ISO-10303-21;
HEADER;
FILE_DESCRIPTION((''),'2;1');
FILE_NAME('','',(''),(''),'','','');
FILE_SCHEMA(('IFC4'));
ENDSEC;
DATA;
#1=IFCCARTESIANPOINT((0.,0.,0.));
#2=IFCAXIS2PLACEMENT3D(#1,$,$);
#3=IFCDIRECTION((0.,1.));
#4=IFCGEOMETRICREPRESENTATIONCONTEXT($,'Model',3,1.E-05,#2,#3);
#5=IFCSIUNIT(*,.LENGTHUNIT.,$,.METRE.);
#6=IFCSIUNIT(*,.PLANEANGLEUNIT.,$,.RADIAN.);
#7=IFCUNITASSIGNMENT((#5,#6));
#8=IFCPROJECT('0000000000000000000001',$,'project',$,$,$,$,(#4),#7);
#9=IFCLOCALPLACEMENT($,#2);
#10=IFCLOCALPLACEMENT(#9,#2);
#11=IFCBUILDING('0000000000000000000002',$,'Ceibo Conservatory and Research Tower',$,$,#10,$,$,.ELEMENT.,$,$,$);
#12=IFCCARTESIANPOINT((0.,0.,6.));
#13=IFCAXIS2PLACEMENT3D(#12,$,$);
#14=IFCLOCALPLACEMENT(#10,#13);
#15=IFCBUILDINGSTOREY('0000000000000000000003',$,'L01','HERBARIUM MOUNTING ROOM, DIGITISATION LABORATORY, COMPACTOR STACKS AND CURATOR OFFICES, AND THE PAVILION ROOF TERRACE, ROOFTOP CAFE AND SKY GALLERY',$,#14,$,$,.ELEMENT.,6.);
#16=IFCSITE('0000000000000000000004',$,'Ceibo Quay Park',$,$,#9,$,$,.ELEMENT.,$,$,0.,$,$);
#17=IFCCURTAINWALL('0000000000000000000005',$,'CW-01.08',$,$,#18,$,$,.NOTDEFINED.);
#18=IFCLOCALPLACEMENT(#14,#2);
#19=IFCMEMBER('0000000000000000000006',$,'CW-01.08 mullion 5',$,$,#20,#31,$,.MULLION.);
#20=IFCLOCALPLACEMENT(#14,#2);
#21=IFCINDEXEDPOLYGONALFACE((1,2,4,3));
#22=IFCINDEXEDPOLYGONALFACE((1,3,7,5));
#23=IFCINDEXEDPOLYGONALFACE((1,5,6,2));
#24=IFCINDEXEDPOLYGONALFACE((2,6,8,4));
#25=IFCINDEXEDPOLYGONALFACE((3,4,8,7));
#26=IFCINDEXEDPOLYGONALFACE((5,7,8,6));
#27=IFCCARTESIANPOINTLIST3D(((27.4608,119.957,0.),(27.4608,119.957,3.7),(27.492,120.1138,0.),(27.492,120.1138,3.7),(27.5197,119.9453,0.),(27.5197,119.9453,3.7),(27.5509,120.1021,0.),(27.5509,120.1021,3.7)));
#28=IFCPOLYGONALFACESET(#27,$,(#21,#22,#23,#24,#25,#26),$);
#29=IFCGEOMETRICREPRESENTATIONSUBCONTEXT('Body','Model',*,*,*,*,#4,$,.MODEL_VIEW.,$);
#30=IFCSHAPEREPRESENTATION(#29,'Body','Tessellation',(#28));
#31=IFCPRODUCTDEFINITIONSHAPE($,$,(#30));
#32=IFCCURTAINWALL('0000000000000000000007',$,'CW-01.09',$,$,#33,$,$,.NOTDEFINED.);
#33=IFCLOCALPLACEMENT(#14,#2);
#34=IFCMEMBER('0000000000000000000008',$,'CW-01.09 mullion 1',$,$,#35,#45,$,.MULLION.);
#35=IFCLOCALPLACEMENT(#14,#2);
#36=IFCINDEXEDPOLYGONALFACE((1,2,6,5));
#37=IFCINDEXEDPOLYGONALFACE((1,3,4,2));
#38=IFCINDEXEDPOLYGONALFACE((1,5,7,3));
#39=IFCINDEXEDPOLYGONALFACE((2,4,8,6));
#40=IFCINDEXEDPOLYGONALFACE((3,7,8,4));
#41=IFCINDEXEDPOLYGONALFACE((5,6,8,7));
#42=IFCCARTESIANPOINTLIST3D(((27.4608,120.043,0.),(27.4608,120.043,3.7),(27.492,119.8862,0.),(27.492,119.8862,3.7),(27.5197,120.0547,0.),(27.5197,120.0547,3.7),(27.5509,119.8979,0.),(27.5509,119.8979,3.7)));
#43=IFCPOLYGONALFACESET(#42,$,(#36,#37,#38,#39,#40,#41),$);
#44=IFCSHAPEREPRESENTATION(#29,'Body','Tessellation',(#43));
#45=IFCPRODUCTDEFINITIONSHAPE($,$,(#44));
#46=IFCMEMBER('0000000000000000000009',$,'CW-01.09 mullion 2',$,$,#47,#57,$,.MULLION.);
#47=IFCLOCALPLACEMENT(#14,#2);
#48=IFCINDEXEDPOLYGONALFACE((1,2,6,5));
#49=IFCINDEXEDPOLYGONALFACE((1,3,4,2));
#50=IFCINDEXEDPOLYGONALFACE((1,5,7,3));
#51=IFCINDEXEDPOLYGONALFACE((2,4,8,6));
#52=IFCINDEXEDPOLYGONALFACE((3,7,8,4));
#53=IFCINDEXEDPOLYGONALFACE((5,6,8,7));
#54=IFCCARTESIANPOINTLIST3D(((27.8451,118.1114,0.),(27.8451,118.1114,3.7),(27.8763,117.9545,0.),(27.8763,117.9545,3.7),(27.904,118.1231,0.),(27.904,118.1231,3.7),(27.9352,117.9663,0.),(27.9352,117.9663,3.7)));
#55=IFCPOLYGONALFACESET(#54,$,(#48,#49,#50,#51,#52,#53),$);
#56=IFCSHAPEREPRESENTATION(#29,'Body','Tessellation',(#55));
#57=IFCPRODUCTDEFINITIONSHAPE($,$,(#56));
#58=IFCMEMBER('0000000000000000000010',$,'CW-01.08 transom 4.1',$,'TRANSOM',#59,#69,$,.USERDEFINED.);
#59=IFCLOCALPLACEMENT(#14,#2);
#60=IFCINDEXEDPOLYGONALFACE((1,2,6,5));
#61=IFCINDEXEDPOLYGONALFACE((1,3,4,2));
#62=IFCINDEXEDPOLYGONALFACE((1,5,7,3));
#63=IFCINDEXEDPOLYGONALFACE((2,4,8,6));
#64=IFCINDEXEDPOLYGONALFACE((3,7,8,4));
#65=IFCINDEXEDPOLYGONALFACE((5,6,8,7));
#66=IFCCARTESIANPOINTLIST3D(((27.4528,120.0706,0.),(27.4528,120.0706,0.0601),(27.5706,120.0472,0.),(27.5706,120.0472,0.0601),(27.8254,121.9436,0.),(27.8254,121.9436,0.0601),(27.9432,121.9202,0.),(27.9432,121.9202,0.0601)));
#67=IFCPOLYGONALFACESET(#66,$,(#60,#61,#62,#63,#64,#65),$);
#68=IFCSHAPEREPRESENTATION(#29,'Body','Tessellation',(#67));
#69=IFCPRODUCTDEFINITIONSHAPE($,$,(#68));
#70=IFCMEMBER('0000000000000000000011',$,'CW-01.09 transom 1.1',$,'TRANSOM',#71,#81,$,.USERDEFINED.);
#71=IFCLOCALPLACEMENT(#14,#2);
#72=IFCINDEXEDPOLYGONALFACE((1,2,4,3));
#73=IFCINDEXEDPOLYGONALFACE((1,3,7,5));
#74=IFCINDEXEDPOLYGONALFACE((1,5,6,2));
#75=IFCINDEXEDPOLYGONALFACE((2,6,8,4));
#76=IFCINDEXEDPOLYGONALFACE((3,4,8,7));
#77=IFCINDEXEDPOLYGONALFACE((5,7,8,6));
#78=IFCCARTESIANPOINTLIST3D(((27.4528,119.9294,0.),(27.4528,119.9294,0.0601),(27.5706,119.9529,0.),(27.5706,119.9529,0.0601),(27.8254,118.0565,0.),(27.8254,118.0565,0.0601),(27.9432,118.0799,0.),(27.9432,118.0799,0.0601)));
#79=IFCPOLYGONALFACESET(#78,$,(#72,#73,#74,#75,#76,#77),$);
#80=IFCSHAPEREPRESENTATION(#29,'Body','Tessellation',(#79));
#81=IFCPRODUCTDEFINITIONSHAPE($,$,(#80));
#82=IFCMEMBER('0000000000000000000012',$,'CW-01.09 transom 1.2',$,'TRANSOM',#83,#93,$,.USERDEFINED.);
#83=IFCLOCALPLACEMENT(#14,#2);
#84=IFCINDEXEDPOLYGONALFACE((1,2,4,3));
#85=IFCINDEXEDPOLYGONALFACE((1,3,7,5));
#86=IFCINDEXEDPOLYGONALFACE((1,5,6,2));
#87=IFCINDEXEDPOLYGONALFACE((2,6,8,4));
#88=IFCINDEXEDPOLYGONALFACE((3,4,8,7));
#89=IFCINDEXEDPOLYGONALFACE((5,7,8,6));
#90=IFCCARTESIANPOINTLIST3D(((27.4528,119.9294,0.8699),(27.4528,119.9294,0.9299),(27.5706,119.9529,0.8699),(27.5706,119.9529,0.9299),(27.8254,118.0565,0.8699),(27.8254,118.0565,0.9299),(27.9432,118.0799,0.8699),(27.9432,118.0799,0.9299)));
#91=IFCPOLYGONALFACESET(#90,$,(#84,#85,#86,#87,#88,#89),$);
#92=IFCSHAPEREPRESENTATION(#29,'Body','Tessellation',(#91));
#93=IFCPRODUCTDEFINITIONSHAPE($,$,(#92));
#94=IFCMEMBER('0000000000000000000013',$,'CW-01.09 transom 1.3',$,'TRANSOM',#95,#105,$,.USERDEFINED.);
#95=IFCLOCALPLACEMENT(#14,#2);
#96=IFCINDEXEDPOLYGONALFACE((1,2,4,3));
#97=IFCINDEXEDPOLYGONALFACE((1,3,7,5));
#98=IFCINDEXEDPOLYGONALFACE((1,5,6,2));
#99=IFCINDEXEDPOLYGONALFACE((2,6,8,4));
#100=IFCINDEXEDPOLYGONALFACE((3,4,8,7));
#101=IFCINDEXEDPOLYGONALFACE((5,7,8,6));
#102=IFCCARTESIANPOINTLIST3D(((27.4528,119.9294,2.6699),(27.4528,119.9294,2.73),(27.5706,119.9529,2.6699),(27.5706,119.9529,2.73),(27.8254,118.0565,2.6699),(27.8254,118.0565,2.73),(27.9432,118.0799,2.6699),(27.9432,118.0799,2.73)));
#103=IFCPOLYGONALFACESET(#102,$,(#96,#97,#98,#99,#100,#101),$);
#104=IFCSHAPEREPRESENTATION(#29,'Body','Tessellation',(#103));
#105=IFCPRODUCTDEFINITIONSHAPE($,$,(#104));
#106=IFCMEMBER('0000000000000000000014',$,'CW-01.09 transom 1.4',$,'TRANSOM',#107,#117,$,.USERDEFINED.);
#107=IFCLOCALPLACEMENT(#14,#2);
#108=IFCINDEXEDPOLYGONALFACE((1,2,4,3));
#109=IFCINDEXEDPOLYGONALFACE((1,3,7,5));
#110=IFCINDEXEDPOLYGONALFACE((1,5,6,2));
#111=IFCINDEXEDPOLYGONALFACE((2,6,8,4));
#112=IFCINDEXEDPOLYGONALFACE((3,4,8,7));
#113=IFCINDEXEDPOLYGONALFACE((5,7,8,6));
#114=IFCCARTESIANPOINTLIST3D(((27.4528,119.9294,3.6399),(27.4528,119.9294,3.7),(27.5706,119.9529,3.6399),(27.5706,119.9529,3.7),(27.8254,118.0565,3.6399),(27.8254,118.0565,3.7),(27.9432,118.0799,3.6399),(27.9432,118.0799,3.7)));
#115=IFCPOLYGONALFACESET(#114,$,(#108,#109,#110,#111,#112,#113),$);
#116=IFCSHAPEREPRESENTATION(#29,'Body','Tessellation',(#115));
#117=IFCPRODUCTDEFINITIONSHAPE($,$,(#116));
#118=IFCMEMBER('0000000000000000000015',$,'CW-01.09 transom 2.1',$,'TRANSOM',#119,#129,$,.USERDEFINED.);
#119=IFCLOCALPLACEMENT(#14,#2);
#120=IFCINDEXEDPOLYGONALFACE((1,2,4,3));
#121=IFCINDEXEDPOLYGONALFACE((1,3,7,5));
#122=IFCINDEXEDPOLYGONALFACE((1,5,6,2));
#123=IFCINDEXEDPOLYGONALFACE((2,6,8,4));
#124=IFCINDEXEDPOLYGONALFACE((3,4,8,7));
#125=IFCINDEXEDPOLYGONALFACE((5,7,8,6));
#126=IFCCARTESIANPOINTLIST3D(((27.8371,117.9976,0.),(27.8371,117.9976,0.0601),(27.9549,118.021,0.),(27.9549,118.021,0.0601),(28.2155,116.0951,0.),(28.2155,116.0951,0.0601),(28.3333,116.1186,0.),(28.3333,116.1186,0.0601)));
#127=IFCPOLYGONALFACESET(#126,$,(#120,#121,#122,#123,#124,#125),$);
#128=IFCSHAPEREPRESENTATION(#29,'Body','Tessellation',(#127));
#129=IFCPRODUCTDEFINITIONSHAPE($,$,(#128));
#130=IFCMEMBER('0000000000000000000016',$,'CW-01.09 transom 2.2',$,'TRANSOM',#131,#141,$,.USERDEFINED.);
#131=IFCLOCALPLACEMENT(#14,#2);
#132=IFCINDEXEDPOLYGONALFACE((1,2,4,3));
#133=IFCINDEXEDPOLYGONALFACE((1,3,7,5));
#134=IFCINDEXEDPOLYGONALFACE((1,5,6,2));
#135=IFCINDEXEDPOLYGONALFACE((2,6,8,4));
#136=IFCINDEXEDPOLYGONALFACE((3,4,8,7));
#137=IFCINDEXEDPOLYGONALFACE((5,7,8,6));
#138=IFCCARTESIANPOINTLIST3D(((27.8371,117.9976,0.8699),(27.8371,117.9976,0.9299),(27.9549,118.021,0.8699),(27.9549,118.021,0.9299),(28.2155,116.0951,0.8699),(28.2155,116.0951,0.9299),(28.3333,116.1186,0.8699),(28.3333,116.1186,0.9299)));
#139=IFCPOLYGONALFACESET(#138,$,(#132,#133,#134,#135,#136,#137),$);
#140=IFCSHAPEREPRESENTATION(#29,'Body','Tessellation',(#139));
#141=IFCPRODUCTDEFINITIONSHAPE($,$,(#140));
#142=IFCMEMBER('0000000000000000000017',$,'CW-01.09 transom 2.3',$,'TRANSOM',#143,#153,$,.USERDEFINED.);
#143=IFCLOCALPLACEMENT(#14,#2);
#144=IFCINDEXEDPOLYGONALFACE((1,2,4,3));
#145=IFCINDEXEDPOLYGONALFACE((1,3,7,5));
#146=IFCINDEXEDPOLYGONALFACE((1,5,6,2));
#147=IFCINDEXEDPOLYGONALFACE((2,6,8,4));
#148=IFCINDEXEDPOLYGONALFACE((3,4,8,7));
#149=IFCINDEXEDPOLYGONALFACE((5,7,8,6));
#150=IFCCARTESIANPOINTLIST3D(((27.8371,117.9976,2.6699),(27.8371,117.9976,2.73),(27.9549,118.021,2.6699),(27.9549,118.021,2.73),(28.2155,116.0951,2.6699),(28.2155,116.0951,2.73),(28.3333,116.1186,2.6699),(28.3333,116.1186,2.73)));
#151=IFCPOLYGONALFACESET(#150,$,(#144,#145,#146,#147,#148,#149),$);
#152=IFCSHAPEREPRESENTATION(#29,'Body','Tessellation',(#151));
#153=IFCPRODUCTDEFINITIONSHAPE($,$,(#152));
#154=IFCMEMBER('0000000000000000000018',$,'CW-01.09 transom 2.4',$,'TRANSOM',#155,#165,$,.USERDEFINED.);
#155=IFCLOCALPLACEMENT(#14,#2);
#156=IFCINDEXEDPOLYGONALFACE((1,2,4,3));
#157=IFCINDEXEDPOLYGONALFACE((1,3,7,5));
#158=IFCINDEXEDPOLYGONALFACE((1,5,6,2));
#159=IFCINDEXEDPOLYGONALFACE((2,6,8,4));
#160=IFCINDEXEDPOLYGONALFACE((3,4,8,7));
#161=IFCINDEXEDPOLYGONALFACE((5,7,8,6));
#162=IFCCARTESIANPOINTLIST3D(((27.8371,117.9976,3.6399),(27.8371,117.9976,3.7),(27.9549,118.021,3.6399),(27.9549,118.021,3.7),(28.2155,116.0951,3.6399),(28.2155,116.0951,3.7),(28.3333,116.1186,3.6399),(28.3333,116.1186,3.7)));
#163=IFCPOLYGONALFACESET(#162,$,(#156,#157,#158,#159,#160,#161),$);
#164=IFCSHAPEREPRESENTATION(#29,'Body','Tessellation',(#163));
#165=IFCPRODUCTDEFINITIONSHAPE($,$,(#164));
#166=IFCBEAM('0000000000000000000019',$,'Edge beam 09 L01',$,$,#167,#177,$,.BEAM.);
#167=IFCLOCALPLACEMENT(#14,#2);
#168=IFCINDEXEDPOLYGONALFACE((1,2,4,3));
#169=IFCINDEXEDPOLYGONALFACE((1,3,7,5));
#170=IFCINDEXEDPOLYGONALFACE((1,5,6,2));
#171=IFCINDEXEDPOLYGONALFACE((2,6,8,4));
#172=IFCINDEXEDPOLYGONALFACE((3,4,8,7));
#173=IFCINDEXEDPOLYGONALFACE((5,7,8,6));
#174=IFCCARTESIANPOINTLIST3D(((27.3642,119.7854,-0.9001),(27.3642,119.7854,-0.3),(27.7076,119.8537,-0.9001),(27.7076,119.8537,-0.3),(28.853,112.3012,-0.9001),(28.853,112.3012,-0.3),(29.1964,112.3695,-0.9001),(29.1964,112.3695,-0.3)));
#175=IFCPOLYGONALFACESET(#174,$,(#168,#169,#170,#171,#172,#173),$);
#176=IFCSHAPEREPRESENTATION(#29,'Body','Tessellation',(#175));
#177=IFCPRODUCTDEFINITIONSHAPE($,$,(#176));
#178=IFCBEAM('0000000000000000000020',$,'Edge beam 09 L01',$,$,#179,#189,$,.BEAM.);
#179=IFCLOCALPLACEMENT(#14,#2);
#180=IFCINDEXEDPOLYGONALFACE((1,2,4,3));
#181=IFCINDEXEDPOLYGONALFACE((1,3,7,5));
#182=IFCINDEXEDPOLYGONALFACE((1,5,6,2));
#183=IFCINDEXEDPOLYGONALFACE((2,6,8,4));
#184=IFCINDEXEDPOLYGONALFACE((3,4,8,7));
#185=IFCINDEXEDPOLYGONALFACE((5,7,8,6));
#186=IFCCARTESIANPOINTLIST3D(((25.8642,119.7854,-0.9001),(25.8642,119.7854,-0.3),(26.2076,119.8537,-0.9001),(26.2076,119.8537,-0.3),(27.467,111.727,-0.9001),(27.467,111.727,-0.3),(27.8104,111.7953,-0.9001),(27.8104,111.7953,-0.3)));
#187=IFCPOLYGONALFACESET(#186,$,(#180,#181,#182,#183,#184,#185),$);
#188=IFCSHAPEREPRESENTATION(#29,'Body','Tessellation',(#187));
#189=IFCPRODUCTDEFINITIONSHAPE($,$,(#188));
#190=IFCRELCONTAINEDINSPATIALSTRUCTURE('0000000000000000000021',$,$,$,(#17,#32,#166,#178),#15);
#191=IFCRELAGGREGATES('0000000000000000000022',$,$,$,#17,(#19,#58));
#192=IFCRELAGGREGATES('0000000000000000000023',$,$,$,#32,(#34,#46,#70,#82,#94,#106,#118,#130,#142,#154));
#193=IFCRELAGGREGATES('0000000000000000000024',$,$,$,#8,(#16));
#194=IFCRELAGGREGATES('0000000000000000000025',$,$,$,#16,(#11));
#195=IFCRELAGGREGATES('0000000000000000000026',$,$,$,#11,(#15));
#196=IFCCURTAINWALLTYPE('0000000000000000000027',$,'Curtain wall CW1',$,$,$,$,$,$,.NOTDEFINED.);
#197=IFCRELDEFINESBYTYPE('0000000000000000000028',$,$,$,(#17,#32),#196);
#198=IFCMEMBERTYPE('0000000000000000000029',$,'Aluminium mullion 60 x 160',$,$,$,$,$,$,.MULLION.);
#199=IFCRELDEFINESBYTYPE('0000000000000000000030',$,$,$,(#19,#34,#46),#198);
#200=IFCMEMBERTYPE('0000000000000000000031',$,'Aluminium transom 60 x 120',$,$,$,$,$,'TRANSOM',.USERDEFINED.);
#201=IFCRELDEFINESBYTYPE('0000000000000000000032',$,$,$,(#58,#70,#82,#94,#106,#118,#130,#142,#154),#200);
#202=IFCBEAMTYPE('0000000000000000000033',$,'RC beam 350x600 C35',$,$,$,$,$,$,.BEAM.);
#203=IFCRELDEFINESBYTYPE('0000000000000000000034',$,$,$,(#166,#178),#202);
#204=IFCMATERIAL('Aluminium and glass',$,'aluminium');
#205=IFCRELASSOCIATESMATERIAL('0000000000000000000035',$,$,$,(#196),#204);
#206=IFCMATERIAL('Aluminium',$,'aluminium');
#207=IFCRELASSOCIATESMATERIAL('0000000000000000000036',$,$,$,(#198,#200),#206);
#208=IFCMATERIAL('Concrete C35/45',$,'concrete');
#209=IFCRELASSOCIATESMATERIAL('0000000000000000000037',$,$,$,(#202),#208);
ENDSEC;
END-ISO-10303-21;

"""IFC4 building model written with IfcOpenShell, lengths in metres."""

from ifc_helpers import new_model, si_unit, direction, frame, origin, origin_2d, place, context, subcontext, project, spatial, rectangle, extrude, material, material_profile, profile_set, type_object, element, aggregate, save


model = new_model("IFC4")

# Units and contexts
model_context = context("Model", 3, precision=1e-05, world=origin(), true_north=direction((0.0, 1.0)))
body_context = subcontext(model_context, "Body", "Model", "MODEL_VIEW")
ifc_project = project(units=[si_unit("LENGTHUNIT", "METRE"), si_unit("PLANEANGLEUNIT", "RADIAN")], contexts=[model_context])

# Site, building, storey
site_placement = place(None, origin())
site = spatial("IfcSite", under=ifc_project, at=site_placement, Name="Ceibo Quay Park", CompositionType="ELEMENT", RefElevation=0.0)
building_placement = place(site_placement, origin())
building = spatial("IfcBuilding", under=site, at=building_placement, Name="Ceibo Conservatory and Research Tower", CompositionType="ELEMENT")
storey_placement = place(building_placement, frame((0.0, 0.0, 6.0)))
storey = spatial("IfcBuildingStorey", under=building, at=storey_placement, Name="L01", Description="HERBARIUM MOUNTING ROOM, DIGITISATION LABORATORY, COMPACTOR STACKS AND CURATOR OFFICES, AND THE PAVILION ROOF TERRACE, ROOFTOP CAFE AND SKY GALLERY", CompositionType="ELEMENT", Elevation=6.0)

# Curtain wall, member
ifc_material_1 = material(Name="Aluminium and glass", Category="aluminium")
curtain_wall_type = type_object("IfcCurtainWallType", Name="Curtain wall CW1", PredefinedType="NOTDEFINED", material=ifc_material_1)
curtain_wall_1_placement = place(storey_placement, origin())
curtain_wall_1 = element("IfcCurtainWall", 1, at=curtain_wall_1_placement, inside=storey, type_object=curtain_wall_type, Name="CW-01.08", PredefinedType="NOTDEFINED")
ifc_material_2 = material(Name="Aluminium", Category="aluminium")
ifc_material_profile_1 = material_profile(ifc_material_2, rectangle(XDim=0.0601, YDim=0.1599, at=origin_2d()), Name="Aluminium 60 x 160")
ifc_profile_set_1 = profile_set([ifc_material_profile_1], Name="Aluminium")
member_type_1 = type_object("IfcMemberType", Name="Aluminium mullion 60 x 160", PredefinedType="MULLION", material=ifc_profile_set_1)
member_1_placement = place(storey_placement, frame((27.5059, 120.0295, 0.0), z_axis=(0.0, 0.0, 1.0), x_axis=(0.980785, -0.19509, 0.0)))
member_1 = element("IfcMember", 2, at=member_1_placement, type_object=member_type_1, Name="CW-01.08 mullion 5", PredefinedType="MULLION", context=body_context, shape_type="SweptSolid", body=[
    extrude(rectangle(XDim=0.0601, YDim=0.1599, at=origin_2d()), origin(), (0.0, 0.0, 1.0), 3.7),
])

# Curtain wall, members
curtain_wall_2_placement = place(storey_placement, origin())
curtain_wall_2 = element("IfcCurtainWall", 3, at=curtain_wall_2_placement, inside=storey, type_object=curtain_wall_type, Name="CW-01.09", PredefinedType="NOTDEFINED")
member_2_placement = place(storey_placement, frame((27.5059, 119.9705, 0.0), z_axis=(0.0, 0.0, 1.0), x_axis=(0.980785, 0.19509, 0.0)))
member_2 = element("IfcMember", 4, at=member_2_placement, type_object=member_type_1, Name="CW-01.09 mullion 1", PredefinedType="MULLION", context=body_context, shape_type="SweptSolid", body=[
    extrude(rectangle(XDim=0.0601, YDim=0.1599, at=origin_2d()), origin(), (0.0, 0.0, 1.0), 3.7),
])
member_3_placement = place(storey_placement, frame((27.8901, 118.0388, 0.0), z_axis=(0.0, 0.0, 1.0), x_axis=(0.980785, 0.19509, 0.0)))
member_3 = element("IfcMember", 5, at=member_3_placement, type_object=member_type_1, Name="CW-01.09 mullion 2", PredefinedType="MULLION", context=body_context, shape_type="SweptSolid", body=[
    extrude(rectangle(XDim=0.0601, YDim=0.1599, at=origin_2d()), origin(), (0.0, 0.0, 1.0), 3.7),
])

# Members
ifc_material_profile_2 = material_profile(ifc_material_2, rectangle(XDim=0.1201, YDim=0.0601, at=origin_2d()), Name="Aluminium 60 x 120")
ifc_profile_set_2 = profile_set([ifc_material_profile_2], Name="Aluminium")
member_type_2 = type_object("IfcMemberType", Name="Aluminium transom 60 x 120", ElementType="TRANSOM", PredefinedType="USERDEFINED", material=ifc_profile_set_2)
member_4_placement = place(storey_placement, frame((27.8843, 121.9319, 0.03), z_axis=(-0.195083, -0.980787, 0.0), x_axis=(0.980787, -0.195083, 0.0)))
member_4 = element("IfcMember", 6, at=member_4_placement, type_object=member_type_2, Name="CW-01.08 transom 4.1", ObjectType="TRANSOM", PredefinedType="USERDEFINED", context=body_context, shape_type="SweptSolid", body=[
    extrude(rectangle(XDim=0.1201, YDim=0.0601, at=origin_2d()), origin(), (0.0, 0.0, 1.0), 1.9097),
])
member_5_placement = place(storey_placement, frame((27.5117, 119.9412, 0.03), z_axis=(0.195083, -0.980787, 0.0), x_axis=(0.980787, 0.195083, 0.0)))
member_5 = element("IfcMember", 7, at=member_5_placement, type_object=member_type_2, Name="CW-01.09 transom 1.1", ObjectType="TRANSOM", PredefinedType="USERDEFINED", context=body_context, shape_type="SweptSolid", body=[
    extrude(rectangle(XDim=0.1201, YDim=0.0601, at=origin_2d()), origin(), (0.0, 0.0, 1.0), 1.9097),
])
member_6_placement = place(storey_placement, frame((27.5117, 119.9412, 0.8999), z_axis=(0.195083, -0.980787, 0.0), x_axis=(0.980787, 0.195083, 0.0)))
member_6 = element("IfcMember", 8, at=member_6_placement, type_object=member_type_2, Name="CW-01.09 transom 1.2", ObjectType="TRANSOM", PredefinedType="USERDEFINED", context=body_context, shape_type="SweptSolid", body=[
    extrude(rectangle(XDim=0.1201, YDim=0.0601, at=origin_2d()), origin(), (0.0, 0.0, 1.0), 1.9097),
])
member_7_placement = place(storey_placement, frame((27.5117, 119.9412, 2.7), z_axis=(0.195083, -0.980787, 0.0), x_axis=(0.980787, 0.195083, 0.0)))
member_7 = element("IfcMember", 9, at=member_7_placement, type_object=member_type_2, Name="CW-01.09 transom 1.3", ObjectType="TRANSOM", PredefinedType="USERDEFINED", context=body_context, shape_type="SweptSolid", body=[
    extrude(rectangle(XDim=0.1201, YDim=0.0601, at=origin_2d()), origin(), (0.0, 0.0, 1.0), 1.9097),
])
member_8_placement = place(storey_placement, frame((27.5117, 119.9412, 3.6699), z_axis=(0.195083, -0.980787, 0.0), x_axis=(0.980787, 0.195083, 0.0)))
member_8 = element("IfcMember", 10, at=member_8_placement, type_object=member_type_2, Name="CW-01.09 transom 1.4", ObjectType="TRANSOM", PredefinedType="USERDEFINED", context=body_context, shape_type="SweptSolid", body=[
    extrude(rectangle(XDim=0.1201, YDim=0.0601, at=origin_2d()), origin(), (0.0, 0.0, 1.0), 1.9097),
])
member_9_placement = place(storey_placement, frame((27.896, 118.0093, 0.03), z_axis=(0.195099, -0.980783, 0.0), x_axis=(0.980783, 0.195099, 0.0)))
member_9 = element("IfcMember", 11, at=member_9_placement, type_object=member_type_2, Name="CW-01.09 transom 2.1", ObjectType="TRANSOM", PredefinedType="USERDEFINED", context=body_context, shape_type="SweptSolid", body=[
    extrude(rectangle(XDim=0.1201, YDim=0.0601, at=origin_2d()), origin(), (0.0, 0.0, 1.0), 1.9397),
])
member_10_placement = place(storey_placement, frame((27.896, 118.0093, 0.8999), z_axis=(0.195099, -0.980783, 0.0), x_axis=(0.980783, 0.195099, 0.0)))
member_10 = element("IfcMember", 12, at=member_10_placement, type_object=member_type_2, Name="CW-01.09 transom 2.2", ObjectType="TRANSOM", PredefinedType="USERDEFINED", context=body_context, shape_type="SweptSolid", body=[
    extrude(rectangle(XDim=0.1201, YDim=0.0601, at=origin_2d()), origin(), (0.0, 0.0, 1.0), 1.9397),
])
member_11_placement = place(storey_placement, frame((27.896, 118.0093, 2.7), z_axis=(0.195099, -0.980783, 0.0), x_axis=(0.980783, 0.195099, 0.0)))
member_11 = element("IfcMember", 13, at=member_11_placement, type_object=member_type_2, Name="CW-01.09 transom 2.3", ObjectType="TRANSOM", PredefinedType="USERDEFINED", context=body_context, shape_type="SweptSolid", body=[
    extrude(rectangle(XDim=0.1201, YDim=0.0601, at=origin_2d()), origin(), (0.0, 0.0, 1.0), 1.9397),
])
member_12_placement = place(storey_placement, frame((27.896, 118.0093, 3.6699), z_axis=(0.195099, -0.980783, 0.0), x_axis=(0.980783, 0.195099, 0.0)))
member_12 = element("IfcMember", 14, at=member_12_placement, type_object=member_type_2, Name="CW-01.09 transom 2.4", ObjectType="TRANSOM", PredefinedType="USERDEFINED", context=body_context, shape_type="SweptSolid", body=[
    extrude(rectangle(XDim=0.1201, YDim=0.0601, at=origin_2d()), origin(), (0.0, 0.0, 1.0), 1.9397),
])

# Beams
ifc_material_3 = material(Name="Concrete C35/45", Category="concrete")
ifc_material_profile_3 = material_profile(ifc_material_3, rectangle(XDim=0.3501, YDim=0.6001, at=origin_2d()), Name="RC 350x600")
ifc_profile_set_3 = profile_set([ifc_material_profile_3], Name="Concrete C35/45")
beam_type = type_object("IfcBeamType", Name="RC beam 350x600 C35", PredefinedType="BEAM", material=ifc_profile_set_3)
beam_1_placement = place(storey_placement, frame((27.5359, 119.8196, -0.6001), z_axis=(0.195101, -0.980783, 0.0), x_axis=(0.980783, 0.195101, 0.0)))
element("IfcBeam", 15, at=beam_1_placement, inside=storey, type_object=beam_type, Name="Edge beam 09 L01", PredefinedType="BEAM", context=body_context, shape_type="SweptSolid", body=[
    extrude(rectangle(XDim=0.3501, YDim=0.6001, at=origin_2d()), origin(), (0.0, 0.0, 1.0), 7.6309),
])
beam_2_placement = place(storey_placement, frame((26.0359, 119.8196, -0.6001), z_axis=(0.195076, -0.980788, 0.0), x_axis=(0.980788, 0.195076, 0.0)))
element("IfcBeam", 16, at=beam_2_placement, inside=storey, type_object=beam_type, Name="Edge beam 09 L01", PredefinedType="BEAM", context=body_context, shape_type="SweptSolid", body=[
    extrude(rectangle(XDim=0.3501, YDim=0.6001, at=origin_2d()), origin(), (0.0, 0.0, 1.0), 8.2163),
])

aggregate(curtain_wall_1, [member_1, member_4])
aggregate(curtain_wall_2, [member_2, member_3, member_5, member_6, member_7, member_8, member_9, member_10, member_11, member_12])

save(model, "model.ifc")
